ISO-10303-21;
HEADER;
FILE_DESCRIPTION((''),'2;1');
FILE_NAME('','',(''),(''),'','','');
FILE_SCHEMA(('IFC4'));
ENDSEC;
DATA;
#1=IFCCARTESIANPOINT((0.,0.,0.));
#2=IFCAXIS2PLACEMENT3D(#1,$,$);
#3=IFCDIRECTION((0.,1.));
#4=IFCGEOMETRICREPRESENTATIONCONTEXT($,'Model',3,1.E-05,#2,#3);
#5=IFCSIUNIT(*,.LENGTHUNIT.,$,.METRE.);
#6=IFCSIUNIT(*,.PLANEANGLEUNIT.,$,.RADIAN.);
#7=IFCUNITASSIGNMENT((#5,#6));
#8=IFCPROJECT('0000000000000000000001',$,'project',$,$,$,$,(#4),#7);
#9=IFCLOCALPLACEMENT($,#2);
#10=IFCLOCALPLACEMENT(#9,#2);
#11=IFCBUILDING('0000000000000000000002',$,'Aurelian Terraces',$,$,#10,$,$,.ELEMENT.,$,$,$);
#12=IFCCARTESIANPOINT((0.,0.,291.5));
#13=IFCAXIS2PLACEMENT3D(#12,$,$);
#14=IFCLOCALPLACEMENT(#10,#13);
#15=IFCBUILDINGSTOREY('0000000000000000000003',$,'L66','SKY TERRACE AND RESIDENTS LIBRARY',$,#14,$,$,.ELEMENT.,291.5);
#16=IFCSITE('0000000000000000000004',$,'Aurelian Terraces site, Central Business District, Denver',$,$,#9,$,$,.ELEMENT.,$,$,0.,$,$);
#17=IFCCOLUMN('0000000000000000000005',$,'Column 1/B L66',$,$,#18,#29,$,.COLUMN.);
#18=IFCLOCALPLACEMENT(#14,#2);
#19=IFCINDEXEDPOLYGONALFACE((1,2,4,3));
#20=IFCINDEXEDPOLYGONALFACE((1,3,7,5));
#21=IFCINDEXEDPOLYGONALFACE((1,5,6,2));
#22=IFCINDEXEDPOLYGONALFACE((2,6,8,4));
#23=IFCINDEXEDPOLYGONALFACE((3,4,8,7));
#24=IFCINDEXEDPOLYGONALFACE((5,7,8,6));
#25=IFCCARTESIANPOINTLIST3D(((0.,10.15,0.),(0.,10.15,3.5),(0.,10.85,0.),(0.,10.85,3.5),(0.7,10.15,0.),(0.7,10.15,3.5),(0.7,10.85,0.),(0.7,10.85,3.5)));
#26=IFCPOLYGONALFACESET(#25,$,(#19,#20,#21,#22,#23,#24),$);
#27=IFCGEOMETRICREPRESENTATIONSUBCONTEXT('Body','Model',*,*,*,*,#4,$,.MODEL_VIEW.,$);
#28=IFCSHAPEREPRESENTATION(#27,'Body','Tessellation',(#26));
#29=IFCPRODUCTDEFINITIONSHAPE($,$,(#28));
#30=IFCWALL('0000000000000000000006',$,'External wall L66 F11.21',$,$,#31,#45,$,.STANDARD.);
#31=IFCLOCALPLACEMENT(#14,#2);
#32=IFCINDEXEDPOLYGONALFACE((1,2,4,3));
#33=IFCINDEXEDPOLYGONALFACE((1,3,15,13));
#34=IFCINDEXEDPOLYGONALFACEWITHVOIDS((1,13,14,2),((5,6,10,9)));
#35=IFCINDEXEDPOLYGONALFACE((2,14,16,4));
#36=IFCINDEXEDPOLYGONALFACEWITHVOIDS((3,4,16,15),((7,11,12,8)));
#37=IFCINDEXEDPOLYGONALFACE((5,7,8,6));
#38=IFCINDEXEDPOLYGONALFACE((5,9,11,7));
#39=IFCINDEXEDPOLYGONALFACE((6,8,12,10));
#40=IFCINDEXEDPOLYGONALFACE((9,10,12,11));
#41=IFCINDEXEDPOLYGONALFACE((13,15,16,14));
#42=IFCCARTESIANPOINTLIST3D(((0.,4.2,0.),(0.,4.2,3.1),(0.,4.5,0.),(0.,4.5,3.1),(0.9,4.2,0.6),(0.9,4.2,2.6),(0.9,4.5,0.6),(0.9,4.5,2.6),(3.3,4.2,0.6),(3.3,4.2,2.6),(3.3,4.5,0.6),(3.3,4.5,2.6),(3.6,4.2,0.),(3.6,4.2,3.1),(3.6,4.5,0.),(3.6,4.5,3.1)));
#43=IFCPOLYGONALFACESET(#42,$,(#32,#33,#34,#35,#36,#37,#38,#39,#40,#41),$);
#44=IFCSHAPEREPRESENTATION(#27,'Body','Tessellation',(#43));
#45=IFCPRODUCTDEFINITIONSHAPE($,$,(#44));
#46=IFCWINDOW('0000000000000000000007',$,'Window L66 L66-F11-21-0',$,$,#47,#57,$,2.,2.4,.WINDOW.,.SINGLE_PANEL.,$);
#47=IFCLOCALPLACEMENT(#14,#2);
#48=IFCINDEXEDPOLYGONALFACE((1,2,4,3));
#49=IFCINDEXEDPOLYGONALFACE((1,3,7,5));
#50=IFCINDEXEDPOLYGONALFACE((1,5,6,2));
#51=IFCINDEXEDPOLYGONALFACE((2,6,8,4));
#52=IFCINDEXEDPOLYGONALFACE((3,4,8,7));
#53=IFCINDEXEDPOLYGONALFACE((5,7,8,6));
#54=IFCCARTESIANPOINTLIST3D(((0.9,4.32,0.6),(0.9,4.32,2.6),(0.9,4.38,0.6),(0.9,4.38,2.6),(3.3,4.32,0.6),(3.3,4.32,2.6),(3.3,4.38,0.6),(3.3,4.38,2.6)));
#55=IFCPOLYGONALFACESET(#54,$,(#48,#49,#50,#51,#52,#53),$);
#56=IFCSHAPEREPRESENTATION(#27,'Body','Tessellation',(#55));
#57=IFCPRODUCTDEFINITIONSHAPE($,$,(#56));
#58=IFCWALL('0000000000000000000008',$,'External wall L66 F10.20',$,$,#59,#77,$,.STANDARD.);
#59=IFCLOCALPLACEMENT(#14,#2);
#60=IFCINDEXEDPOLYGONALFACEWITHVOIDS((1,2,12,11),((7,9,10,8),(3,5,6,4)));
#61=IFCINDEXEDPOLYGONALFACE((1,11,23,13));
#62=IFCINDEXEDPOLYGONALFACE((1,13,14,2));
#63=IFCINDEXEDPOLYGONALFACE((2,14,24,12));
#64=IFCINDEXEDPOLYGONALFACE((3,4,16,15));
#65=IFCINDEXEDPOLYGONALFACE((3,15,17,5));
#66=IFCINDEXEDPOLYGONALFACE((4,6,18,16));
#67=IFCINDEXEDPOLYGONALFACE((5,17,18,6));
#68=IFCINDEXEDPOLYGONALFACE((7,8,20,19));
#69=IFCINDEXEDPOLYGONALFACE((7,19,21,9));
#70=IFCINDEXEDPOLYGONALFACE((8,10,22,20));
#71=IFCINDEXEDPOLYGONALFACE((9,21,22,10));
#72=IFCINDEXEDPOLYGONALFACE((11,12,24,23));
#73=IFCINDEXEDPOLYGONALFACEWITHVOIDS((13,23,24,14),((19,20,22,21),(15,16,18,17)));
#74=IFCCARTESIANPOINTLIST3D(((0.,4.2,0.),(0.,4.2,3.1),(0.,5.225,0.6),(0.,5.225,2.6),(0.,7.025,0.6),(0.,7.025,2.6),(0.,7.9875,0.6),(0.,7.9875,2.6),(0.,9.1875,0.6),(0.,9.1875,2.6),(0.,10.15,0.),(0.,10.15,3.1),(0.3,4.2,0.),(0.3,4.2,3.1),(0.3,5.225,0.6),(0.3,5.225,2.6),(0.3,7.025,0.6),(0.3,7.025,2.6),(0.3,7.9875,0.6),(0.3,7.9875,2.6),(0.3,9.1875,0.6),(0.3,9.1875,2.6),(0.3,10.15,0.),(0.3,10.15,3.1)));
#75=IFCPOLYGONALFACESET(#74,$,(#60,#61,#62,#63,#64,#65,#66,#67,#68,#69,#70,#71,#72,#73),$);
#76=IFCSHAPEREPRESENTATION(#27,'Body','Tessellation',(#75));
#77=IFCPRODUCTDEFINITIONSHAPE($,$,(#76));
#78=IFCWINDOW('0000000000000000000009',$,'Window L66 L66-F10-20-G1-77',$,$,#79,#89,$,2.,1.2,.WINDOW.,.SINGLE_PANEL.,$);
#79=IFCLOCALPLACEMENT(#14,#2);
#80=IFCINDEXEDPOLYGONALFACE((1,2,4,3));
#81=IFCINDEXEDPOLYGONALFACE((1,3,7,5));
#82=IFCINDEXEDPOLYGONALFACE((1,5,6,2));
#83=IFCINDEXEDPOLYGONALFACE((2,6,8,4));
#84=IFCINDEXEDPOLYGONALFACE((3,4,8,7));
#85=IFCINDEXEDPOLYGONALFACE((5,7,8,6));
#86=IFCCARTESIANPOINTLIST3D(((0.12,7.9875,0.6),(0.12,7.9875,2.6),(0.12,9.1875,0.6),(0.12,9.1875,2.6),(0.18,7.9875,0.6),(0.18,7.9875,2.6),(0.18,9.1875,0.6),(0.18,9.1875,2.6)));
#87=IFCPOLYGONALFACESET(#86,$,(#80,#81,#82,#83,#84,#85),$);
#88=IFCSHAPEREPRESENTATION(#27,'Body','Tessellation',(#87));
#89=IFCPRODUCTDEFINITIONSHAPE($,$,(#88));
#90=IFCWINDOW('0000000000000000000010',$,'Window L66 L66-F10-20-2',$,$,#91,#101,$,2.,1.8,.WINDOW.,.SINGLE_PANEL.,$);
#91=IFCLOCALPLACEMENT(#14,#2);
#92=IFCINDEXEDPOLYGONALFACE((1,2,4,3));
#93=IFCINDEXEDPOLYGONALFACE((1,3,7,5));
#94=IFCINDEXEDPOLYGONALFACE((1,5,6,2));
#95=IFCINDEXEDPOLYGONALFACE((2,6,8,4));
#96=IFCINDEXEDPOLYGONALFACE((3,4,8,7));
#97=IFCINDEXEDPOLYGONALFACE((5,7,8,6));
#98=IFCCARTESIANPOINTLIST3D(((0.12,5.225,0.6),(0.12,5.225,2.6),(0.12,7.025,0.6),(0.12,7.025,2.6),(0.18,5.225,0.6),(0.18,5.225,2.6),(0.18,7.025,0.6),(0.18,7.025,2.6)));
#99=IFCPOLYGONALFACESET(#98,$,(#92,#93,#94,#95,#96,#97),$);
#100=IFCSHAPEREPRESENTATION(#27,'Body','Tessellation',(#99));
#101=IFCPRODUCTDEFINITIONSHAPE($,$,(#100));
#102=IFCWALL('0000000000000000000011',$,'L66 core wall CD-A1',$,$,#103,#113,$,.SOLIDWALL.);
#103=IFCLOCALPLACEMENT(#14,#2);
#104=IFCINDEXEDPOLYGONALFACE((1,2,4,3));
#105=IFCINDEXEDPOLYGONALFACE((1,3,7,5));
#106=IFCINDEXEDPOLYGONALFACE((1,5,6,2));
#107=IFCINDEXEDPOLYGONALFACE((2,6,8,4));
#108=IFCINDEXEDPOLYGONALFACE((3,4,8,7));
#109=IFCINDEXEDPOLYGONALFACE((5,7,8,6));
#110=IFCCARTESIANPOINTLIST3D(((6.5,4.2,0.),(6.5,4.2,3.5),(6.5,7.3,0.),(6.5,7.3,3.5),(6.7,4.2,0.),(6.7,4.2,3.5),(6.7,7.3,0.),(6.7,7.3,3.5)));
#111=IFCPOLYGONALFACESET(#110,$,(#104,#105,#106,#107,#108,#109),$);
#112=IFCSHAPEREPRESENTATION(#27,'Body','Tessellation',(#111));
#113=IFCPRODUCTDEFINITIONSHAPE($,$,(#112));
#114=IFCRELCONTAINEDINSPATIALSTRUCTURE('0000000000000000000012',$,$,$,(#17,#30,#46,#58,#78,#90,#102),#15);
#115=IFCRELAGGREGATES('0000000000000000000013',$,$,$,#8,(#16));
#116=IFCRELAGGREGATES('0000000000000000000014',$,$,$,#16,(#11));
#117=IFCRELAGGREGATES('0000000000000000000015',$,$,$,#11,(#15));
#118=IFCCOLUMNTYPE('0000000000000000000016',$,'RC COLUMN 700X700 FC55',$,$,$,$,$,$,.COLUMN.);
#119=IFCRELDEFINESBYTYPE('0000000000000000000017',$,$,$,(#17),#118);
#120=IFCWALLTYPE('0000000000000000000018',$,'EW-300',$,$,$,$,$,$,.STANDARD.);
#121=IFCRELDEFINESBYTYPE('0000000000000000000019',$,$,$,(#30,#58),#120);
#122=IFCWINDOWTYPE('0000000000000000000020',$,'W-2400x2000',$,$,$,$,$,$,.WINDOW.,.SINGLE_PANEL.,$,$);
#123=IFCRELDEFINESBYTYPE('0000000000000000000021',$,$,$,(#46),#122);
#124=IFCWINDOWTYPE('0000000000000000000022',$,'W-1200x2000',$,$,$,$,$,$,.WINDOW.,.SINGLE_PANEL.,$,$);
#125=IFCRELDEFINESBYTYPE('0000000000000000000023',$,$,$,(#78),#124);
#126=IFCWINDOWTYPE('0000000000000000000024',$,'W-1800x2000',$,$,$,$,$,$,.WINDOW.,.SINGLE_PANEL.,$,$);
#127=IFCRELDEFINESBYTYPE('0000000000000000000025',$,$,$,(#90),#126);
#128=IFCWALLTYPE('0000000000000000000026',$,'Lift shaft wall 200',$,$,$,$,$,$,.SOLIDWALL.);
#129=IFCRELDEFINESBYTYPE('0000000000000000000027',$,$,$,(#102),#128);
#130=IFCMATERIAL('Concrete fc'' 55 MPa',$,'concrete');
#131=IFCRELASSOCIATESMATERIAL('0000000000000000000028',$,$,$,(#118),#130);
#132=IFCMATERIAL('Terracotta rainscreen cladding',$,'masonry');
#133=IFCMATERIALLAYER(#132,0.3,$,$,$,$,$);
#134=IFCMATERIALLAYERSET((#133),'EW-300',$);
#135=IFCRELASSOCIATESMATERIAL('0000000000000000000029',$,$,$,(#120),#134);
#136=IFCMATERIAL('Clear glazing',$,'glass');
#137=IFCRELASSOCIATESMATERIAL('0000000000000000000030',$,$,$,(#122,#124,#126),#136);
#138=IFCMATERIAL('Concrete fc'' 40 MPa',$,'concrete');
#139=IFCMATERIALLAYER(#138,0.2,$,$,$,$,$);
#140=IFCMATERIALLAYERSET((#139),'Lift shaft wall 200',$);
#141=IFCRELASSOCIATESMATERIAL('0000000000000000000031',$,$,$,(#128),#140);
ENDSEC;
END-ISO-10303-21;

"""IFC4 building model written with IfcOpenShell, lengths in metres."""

from ifc_helpers import new_model, si_unit, direction, frame, frame_2d, origin, origin_2d, place, context, subcontext, project, spatial, rectangle, extrude, source, transform, mapped, material, layer, layer_set, material_profile, profile_set, type_object, element, fill, save


model = new_model("IFC4")

# Units and contexts
model_context = context("Model", 3, precision=1e-05, world=origin(), true_north=direction((0.0, 1.0)))
body_context = subcontext(model_context, "Body", "Model", "MODEL_VIEW")
ifc_project = project(units=[si_unit("LENGTHUNIT", "METRE"), si_unit("PLANEANGLEUNIT", "RADIAN")], contexts=[model_context])

# Site, building, storey
site_placement = place(None, origin())
site = spatial("IfcSite", under=ifc_project, at=site_placement, Name="Aurelian Terraces site, Central Business District, Denver", CompositionType="ELEMENT", RefElevation=0.0)
building_placement = place(site_placement, origin())
building = spatial("IfcBuilding", under=site, at=building_placement, Name="Aurelian Terraces", CompositionType="ELEMENT")
storey_placement = place(building_placement, frame((0.0, 0.0, 291.5)))
storey = spatial("IfcBuildingStorey", under=building, at=storey_placement, Name="L66", Description="SKY TERRACE AND RESIDENTS LIBRARY", CompositionType="ELEMENT", Elevation=291.5)

# Column
ifc_material_1 = material(Name="Concrete fc' 55 MPa", Category="concrete")
ifc_material_profile = material_profile(ifc_material_1, rectangle(XDim=0.7, YDim=0.7, at=origin_2d()))
ifc_profile_set = profile_set([ifc_material_profile], Name="Concrete fc' 55 MPa")
column_type = type_object("IfcColumnType", Name="RC COLUMN 700X700 FC55", PredefinedType="COLUMN", material=ifc_profile_set)
shared_shape_1 = source(origin(), body_context, "Body", "SweptSolid", [
    extrude(rectangle(XDim=0.7, YDim=0.7, at=origin_2d()), origin(), (0.0, 0.0, 1.0), 3.5),
])
column_placement = place(storey_placement, frame((0.35, 10.5, 0.0), z_axis=(0.0, 0.0, 1.0), x_axis=(1.0, 0.0, 0.0)))
element("IfcColumn", 1, at=column_placement, inside=storey, type_object=column_type, Name="Column 1/B L66", PredefinedType="COLUMN", context=body_context, shape_type="MappedRepresentation", body=[
    mapped(shared_shape_1, transform((0.0, 0.0, 0.0), scale=1.0)),
])

# Wall, opening, window
ifc_material_2 = material(Name="Terracotta rainscreen cladding", Category="masonry")
ifc_layer_1 = layer(ifc_material_2, 0.3)
ifc_layer_set_1 = layer_set([ifc_layer_1], Name="EW-300")
wall_type_1 = type_object("IfcWallType", Name="EW-300", PredefinedType="STANDARD", material=ifc_layer_set_1)
shared_shape_2 = source(origin(), body_context, "Body", "SweptSolid", [
    extrude(rectangle(XDim=3.6, YDim=0.3, at=frame_2d((1.8, 0.0))), origin(), (0.0, 0.0, 1.0), 3.1),
])
wall_1_placement = place(storey_placement, frame((0.0, 4.35, 0.0), z_axis=(0.0, 0.0, 1.0), x_axis=(1.0, 0.0, 0.0)))
wall_1 = element("IfcWall", 2, at=wall_1_placement, inside=storey, type_object=wall_type_1, Name="External wall L66 F11.21", PredefinedType="STANDARD", context=body_context, shape_type="MappedRepresentation", body=[
    mapped(shared_shape_2, transform((0.0, 0.0, 0.0), scale=1.0)),
])
shared_shape_3 = source(origin(), body_context, "Body", "SweptSolid", [
    extrude(rectangle(XDim=2.4, YDim=2.0, at=frame_2d((1.2, 1.0))), frame((0.0, 0.16, 0.0), z_axis=(0.0, -1.0, 0.0), x_axis=(1.0, 0.0, 0.0)), (0.0, 0.0, 1.0), 0.32),
])
opening_1_placement = place(wall_1_placement, frame((0.9, 0.0, 0.6)))
opening_1 = element("IfcOpeningElement", 3, at=opening_1_placement, cuts=wall_1, PredefinedType="OPENING", context=body_context, shape_type="MappedRepresentation", body=[
    mapped(shared_shape_3, transform((0.0, 0.0, 0.0), scale=1.0)),
])
ifc_material_3 = material(Name="Clear glazing", Category="glass")
window_type_1 = type_object("IfcWindowType", Name="W-2400x2000", PartitioningType="SINGLE_PANEL", PredefinedType="WINDOW", material=ifc_material_3)
shared_shape_4 = source(origin(), body_context, "Body", "SweptSolid", [
    extrude(rectangle(XDim=2.4, YDim=2.0, at=frame_2d((1.2, 1.0))), frame((0.0, 0.03, 0.0), z_axis=(0.0, -1.0, 0.0), x_axis=(1.0, 0.0, 0.0)), (0.0, 0.0, 1.0), 0.06),
])
window_1_placement = place(opening_1_placement, origin())
window_1 = element("IfcWindow", 4, at=window_1_placement, inside=storey, type_object=window_type_1, Name="Window L66 L66-F11-21-0", OverallHeight=2.0, OverallWidth=2.4, PartitioningType="SINGLE_PANEL", PredefinedType="WINDOW", context=body_context, shape_type="MappedRepresentation", body=[
    mapped(shared_shape_4, transform((0.0, 0.0, 0.0), scale=1.0)),
])
fill(opening_1, window_1)

# Wall, openings, windows
shared_shape_5 = source(origin(), body_context, "Body", "SweptSolid", [
    extrude(rectangle(XDim=5.95, YDim=0.3, at=frame_2d((2.975, 0.0))), origin(), (0.0, 0.0, 1.0), 3.1),
])
wall_2_placement = place(storey_placement, frame((0.15, 10.15, 0.0), z_axis=(0.0, 0.0, 1.0), x_axis=(0.0, -1.0, 0.0)))
wall_2 = element("IfcWall", 5, at=wall_2_placement, inside=storey, type_object=wall_type_1, Name="External wall L66 F10.20", PredefinedType="STANDARD", context=body_context, shape_type="MappedRepresentation", body=[
    mapped(shared_shape_5, transform((0.0, 0.0, 0.0), scale=1.0)),
])
shared_shape_6 = source(origin(), body_context, "Body", "SweptSolid", [
    extrude(rectangle(XDim=1.8, YDim=2.0, at=frame_2d((0.9, 1.0))), frame((0.0, 0.16, 0.0), z_axis=(0.0, -1.0, 0.0), x_axis=(1.0, 0.0, 0.0)), (0.0, 0.0, 1.0), 0.32),
])
opening_2_placement = place(wall_2_placement, frame((3.125, 0.0, 0.6)))
opening_2 = element("IfcOpeningElement", 6, at=opening_2_placement, cuts=wall_2, PredefinedType="OPENING", context=body_context, shape_type="MappedRepresentation", body=[
    mapped(shared_shape_6, transform((0.0, 0.0, 0.0), scale=1.0)),
])
shared_shape_7 = source(origin(), body_context, "Body", "SweptSolid", [
    extrude(rectangle(XDim=1.2, YDim=2.0, at=frame_2d((0.6, 1.0))), frame((0.0, 0.16, 0.0), z_axis=(0.0, -1.0, 0.0), x_axis=(1.0, 0.0, 0.0)), (0.0, 0.0, 1.0), 0.32),
])
opening_3_placement = place(wall_2_placement, frame((0.9625, 0.0, 0.6)))
opening_3 = element("IfcOpeningElement", 7, at=opening_3_placement, cuts=wall_2, PredefinedType="OPENING", context=body_context, shape_type="MappedRepresentation", body=[
    mapped(shared_shape_7, transform((0.0, 0.0, 0.0), scale=1.0)),
])
window_type_2 = type_object("IfcWindowType", Name="W-1200x2000", PartitioningType="SINGLE_PANEL", PredefinedType="WINDOW", material=ifc_material_3)
shared_shape_8 = source(origin(), body_context, "Body", "SweptSolid", [
    extrude(rectangle(XDim=1.2, YDim=2.0, at=frame_2d((0.6, 1.0))), frame((0.0, 0.03, 0.0), z_axis=(0.0, -1.0, 0.0), x_axis=(1.0, 0.0, 0.0)), (0.0, 0.0, 1.0), 0.06),
])
window_2_placement = place(opening_3_placement, origin())
window_2 = element("IfcWindow", 8, at=window_2_placement, inside=storey, type_object=window_type_2, Name="Window L66 L66-F10-20-G1-77", OverallHeight=2.0, OverallWidth=1.2, PartitioningType="SINGLE_PANEL", PredefinedType="WINDOW", context=body_context, shape_type="MappedRepresentation", body=[
    mapped(shared_shape_8, transform((0.0, 0.0, 0.0), scale=1.0)),
])
fill(opening_3, window_2)
window_type_3 = type_object("IfcWindowType", Name="W-1800x2000", PartitioningType="SINGLE_PANEL", PredefinedType="WINDOW", material=ifc_material_3)
shared_shape_9 = source(origin(), body_context, "Body", "SweptSolid", [
    extrude(rectangle(XDim=1.8, YDim=2.0, at=frame_2d((0.9, 1.0))), frame((0.0, 0.03, 0.0), z_axis=(0.0, -1.0, 0.0), x_axis=(1.0, 0.0, 0.0)), (0.0, 0.0, 1.0), 0.06),
])
window_3_placement = place(opening_2_placement, origin())
window_3 = element("IfcWindow", 9, at=window_3_placement, inside=storey, type_object=window_type_3, Name="Window L66 L66-F10-20-2", OverallHeight=2.0, OverallWidth=1.8, PartitioningType="SINGLE_PANEL", PredefinedType="WINDOW", context=body_context, shape_type="MappedRepresentation", body=[
    mapped(shared_shape_9, transform((0.0, 0.0, 0.0), scale=1.0)),
])
fill(opening_2, window_3)

# Wall
ifc_material_4 = material(Name="Concrete fc' 40 MPa", Category="concrete")
ifc_layer_2 = layer(ifc_material_4, 0.2)
ifc_layer_set_2 = layer_set([ifc_layer_2], Name="Lift shaft wall 200")
wall_type_2 = type_object("IfcWallType", Name="Lift shaft wall 200", PredefinedType="SOLIDWALL", material=ifc_layer_set_2)
shared_shape_10 = source(origin(), body_context, "Body", "SweptSolid", [
    extrude(rectangle(XDim=3.1, YDim=0.2, at=frame_2d((1.55, 0.0))), origin(), (0.0, 0.0, 1.0), 3.5),
])
wall_3_placement = place(storey_placement, frame((6.6, 4.2, 0.0), z_axis=(0.0, 0.0, 1.0), x_axis=(0.0, 1.0, 0.0)))
element("IfcWall", 10, at=wall_3_placement, inside=storey, type_object=wall_type_2, Name="L66 core wall CD-A1", PredefinedType="SOLIDWALL", context=body_context, shape_type="MappedRepresentation", body=[
    mapped(shared_shape_10, transform((0.0, 0.0, 0.0), scale=1.0)),
])

save(model, "model.ifc")
